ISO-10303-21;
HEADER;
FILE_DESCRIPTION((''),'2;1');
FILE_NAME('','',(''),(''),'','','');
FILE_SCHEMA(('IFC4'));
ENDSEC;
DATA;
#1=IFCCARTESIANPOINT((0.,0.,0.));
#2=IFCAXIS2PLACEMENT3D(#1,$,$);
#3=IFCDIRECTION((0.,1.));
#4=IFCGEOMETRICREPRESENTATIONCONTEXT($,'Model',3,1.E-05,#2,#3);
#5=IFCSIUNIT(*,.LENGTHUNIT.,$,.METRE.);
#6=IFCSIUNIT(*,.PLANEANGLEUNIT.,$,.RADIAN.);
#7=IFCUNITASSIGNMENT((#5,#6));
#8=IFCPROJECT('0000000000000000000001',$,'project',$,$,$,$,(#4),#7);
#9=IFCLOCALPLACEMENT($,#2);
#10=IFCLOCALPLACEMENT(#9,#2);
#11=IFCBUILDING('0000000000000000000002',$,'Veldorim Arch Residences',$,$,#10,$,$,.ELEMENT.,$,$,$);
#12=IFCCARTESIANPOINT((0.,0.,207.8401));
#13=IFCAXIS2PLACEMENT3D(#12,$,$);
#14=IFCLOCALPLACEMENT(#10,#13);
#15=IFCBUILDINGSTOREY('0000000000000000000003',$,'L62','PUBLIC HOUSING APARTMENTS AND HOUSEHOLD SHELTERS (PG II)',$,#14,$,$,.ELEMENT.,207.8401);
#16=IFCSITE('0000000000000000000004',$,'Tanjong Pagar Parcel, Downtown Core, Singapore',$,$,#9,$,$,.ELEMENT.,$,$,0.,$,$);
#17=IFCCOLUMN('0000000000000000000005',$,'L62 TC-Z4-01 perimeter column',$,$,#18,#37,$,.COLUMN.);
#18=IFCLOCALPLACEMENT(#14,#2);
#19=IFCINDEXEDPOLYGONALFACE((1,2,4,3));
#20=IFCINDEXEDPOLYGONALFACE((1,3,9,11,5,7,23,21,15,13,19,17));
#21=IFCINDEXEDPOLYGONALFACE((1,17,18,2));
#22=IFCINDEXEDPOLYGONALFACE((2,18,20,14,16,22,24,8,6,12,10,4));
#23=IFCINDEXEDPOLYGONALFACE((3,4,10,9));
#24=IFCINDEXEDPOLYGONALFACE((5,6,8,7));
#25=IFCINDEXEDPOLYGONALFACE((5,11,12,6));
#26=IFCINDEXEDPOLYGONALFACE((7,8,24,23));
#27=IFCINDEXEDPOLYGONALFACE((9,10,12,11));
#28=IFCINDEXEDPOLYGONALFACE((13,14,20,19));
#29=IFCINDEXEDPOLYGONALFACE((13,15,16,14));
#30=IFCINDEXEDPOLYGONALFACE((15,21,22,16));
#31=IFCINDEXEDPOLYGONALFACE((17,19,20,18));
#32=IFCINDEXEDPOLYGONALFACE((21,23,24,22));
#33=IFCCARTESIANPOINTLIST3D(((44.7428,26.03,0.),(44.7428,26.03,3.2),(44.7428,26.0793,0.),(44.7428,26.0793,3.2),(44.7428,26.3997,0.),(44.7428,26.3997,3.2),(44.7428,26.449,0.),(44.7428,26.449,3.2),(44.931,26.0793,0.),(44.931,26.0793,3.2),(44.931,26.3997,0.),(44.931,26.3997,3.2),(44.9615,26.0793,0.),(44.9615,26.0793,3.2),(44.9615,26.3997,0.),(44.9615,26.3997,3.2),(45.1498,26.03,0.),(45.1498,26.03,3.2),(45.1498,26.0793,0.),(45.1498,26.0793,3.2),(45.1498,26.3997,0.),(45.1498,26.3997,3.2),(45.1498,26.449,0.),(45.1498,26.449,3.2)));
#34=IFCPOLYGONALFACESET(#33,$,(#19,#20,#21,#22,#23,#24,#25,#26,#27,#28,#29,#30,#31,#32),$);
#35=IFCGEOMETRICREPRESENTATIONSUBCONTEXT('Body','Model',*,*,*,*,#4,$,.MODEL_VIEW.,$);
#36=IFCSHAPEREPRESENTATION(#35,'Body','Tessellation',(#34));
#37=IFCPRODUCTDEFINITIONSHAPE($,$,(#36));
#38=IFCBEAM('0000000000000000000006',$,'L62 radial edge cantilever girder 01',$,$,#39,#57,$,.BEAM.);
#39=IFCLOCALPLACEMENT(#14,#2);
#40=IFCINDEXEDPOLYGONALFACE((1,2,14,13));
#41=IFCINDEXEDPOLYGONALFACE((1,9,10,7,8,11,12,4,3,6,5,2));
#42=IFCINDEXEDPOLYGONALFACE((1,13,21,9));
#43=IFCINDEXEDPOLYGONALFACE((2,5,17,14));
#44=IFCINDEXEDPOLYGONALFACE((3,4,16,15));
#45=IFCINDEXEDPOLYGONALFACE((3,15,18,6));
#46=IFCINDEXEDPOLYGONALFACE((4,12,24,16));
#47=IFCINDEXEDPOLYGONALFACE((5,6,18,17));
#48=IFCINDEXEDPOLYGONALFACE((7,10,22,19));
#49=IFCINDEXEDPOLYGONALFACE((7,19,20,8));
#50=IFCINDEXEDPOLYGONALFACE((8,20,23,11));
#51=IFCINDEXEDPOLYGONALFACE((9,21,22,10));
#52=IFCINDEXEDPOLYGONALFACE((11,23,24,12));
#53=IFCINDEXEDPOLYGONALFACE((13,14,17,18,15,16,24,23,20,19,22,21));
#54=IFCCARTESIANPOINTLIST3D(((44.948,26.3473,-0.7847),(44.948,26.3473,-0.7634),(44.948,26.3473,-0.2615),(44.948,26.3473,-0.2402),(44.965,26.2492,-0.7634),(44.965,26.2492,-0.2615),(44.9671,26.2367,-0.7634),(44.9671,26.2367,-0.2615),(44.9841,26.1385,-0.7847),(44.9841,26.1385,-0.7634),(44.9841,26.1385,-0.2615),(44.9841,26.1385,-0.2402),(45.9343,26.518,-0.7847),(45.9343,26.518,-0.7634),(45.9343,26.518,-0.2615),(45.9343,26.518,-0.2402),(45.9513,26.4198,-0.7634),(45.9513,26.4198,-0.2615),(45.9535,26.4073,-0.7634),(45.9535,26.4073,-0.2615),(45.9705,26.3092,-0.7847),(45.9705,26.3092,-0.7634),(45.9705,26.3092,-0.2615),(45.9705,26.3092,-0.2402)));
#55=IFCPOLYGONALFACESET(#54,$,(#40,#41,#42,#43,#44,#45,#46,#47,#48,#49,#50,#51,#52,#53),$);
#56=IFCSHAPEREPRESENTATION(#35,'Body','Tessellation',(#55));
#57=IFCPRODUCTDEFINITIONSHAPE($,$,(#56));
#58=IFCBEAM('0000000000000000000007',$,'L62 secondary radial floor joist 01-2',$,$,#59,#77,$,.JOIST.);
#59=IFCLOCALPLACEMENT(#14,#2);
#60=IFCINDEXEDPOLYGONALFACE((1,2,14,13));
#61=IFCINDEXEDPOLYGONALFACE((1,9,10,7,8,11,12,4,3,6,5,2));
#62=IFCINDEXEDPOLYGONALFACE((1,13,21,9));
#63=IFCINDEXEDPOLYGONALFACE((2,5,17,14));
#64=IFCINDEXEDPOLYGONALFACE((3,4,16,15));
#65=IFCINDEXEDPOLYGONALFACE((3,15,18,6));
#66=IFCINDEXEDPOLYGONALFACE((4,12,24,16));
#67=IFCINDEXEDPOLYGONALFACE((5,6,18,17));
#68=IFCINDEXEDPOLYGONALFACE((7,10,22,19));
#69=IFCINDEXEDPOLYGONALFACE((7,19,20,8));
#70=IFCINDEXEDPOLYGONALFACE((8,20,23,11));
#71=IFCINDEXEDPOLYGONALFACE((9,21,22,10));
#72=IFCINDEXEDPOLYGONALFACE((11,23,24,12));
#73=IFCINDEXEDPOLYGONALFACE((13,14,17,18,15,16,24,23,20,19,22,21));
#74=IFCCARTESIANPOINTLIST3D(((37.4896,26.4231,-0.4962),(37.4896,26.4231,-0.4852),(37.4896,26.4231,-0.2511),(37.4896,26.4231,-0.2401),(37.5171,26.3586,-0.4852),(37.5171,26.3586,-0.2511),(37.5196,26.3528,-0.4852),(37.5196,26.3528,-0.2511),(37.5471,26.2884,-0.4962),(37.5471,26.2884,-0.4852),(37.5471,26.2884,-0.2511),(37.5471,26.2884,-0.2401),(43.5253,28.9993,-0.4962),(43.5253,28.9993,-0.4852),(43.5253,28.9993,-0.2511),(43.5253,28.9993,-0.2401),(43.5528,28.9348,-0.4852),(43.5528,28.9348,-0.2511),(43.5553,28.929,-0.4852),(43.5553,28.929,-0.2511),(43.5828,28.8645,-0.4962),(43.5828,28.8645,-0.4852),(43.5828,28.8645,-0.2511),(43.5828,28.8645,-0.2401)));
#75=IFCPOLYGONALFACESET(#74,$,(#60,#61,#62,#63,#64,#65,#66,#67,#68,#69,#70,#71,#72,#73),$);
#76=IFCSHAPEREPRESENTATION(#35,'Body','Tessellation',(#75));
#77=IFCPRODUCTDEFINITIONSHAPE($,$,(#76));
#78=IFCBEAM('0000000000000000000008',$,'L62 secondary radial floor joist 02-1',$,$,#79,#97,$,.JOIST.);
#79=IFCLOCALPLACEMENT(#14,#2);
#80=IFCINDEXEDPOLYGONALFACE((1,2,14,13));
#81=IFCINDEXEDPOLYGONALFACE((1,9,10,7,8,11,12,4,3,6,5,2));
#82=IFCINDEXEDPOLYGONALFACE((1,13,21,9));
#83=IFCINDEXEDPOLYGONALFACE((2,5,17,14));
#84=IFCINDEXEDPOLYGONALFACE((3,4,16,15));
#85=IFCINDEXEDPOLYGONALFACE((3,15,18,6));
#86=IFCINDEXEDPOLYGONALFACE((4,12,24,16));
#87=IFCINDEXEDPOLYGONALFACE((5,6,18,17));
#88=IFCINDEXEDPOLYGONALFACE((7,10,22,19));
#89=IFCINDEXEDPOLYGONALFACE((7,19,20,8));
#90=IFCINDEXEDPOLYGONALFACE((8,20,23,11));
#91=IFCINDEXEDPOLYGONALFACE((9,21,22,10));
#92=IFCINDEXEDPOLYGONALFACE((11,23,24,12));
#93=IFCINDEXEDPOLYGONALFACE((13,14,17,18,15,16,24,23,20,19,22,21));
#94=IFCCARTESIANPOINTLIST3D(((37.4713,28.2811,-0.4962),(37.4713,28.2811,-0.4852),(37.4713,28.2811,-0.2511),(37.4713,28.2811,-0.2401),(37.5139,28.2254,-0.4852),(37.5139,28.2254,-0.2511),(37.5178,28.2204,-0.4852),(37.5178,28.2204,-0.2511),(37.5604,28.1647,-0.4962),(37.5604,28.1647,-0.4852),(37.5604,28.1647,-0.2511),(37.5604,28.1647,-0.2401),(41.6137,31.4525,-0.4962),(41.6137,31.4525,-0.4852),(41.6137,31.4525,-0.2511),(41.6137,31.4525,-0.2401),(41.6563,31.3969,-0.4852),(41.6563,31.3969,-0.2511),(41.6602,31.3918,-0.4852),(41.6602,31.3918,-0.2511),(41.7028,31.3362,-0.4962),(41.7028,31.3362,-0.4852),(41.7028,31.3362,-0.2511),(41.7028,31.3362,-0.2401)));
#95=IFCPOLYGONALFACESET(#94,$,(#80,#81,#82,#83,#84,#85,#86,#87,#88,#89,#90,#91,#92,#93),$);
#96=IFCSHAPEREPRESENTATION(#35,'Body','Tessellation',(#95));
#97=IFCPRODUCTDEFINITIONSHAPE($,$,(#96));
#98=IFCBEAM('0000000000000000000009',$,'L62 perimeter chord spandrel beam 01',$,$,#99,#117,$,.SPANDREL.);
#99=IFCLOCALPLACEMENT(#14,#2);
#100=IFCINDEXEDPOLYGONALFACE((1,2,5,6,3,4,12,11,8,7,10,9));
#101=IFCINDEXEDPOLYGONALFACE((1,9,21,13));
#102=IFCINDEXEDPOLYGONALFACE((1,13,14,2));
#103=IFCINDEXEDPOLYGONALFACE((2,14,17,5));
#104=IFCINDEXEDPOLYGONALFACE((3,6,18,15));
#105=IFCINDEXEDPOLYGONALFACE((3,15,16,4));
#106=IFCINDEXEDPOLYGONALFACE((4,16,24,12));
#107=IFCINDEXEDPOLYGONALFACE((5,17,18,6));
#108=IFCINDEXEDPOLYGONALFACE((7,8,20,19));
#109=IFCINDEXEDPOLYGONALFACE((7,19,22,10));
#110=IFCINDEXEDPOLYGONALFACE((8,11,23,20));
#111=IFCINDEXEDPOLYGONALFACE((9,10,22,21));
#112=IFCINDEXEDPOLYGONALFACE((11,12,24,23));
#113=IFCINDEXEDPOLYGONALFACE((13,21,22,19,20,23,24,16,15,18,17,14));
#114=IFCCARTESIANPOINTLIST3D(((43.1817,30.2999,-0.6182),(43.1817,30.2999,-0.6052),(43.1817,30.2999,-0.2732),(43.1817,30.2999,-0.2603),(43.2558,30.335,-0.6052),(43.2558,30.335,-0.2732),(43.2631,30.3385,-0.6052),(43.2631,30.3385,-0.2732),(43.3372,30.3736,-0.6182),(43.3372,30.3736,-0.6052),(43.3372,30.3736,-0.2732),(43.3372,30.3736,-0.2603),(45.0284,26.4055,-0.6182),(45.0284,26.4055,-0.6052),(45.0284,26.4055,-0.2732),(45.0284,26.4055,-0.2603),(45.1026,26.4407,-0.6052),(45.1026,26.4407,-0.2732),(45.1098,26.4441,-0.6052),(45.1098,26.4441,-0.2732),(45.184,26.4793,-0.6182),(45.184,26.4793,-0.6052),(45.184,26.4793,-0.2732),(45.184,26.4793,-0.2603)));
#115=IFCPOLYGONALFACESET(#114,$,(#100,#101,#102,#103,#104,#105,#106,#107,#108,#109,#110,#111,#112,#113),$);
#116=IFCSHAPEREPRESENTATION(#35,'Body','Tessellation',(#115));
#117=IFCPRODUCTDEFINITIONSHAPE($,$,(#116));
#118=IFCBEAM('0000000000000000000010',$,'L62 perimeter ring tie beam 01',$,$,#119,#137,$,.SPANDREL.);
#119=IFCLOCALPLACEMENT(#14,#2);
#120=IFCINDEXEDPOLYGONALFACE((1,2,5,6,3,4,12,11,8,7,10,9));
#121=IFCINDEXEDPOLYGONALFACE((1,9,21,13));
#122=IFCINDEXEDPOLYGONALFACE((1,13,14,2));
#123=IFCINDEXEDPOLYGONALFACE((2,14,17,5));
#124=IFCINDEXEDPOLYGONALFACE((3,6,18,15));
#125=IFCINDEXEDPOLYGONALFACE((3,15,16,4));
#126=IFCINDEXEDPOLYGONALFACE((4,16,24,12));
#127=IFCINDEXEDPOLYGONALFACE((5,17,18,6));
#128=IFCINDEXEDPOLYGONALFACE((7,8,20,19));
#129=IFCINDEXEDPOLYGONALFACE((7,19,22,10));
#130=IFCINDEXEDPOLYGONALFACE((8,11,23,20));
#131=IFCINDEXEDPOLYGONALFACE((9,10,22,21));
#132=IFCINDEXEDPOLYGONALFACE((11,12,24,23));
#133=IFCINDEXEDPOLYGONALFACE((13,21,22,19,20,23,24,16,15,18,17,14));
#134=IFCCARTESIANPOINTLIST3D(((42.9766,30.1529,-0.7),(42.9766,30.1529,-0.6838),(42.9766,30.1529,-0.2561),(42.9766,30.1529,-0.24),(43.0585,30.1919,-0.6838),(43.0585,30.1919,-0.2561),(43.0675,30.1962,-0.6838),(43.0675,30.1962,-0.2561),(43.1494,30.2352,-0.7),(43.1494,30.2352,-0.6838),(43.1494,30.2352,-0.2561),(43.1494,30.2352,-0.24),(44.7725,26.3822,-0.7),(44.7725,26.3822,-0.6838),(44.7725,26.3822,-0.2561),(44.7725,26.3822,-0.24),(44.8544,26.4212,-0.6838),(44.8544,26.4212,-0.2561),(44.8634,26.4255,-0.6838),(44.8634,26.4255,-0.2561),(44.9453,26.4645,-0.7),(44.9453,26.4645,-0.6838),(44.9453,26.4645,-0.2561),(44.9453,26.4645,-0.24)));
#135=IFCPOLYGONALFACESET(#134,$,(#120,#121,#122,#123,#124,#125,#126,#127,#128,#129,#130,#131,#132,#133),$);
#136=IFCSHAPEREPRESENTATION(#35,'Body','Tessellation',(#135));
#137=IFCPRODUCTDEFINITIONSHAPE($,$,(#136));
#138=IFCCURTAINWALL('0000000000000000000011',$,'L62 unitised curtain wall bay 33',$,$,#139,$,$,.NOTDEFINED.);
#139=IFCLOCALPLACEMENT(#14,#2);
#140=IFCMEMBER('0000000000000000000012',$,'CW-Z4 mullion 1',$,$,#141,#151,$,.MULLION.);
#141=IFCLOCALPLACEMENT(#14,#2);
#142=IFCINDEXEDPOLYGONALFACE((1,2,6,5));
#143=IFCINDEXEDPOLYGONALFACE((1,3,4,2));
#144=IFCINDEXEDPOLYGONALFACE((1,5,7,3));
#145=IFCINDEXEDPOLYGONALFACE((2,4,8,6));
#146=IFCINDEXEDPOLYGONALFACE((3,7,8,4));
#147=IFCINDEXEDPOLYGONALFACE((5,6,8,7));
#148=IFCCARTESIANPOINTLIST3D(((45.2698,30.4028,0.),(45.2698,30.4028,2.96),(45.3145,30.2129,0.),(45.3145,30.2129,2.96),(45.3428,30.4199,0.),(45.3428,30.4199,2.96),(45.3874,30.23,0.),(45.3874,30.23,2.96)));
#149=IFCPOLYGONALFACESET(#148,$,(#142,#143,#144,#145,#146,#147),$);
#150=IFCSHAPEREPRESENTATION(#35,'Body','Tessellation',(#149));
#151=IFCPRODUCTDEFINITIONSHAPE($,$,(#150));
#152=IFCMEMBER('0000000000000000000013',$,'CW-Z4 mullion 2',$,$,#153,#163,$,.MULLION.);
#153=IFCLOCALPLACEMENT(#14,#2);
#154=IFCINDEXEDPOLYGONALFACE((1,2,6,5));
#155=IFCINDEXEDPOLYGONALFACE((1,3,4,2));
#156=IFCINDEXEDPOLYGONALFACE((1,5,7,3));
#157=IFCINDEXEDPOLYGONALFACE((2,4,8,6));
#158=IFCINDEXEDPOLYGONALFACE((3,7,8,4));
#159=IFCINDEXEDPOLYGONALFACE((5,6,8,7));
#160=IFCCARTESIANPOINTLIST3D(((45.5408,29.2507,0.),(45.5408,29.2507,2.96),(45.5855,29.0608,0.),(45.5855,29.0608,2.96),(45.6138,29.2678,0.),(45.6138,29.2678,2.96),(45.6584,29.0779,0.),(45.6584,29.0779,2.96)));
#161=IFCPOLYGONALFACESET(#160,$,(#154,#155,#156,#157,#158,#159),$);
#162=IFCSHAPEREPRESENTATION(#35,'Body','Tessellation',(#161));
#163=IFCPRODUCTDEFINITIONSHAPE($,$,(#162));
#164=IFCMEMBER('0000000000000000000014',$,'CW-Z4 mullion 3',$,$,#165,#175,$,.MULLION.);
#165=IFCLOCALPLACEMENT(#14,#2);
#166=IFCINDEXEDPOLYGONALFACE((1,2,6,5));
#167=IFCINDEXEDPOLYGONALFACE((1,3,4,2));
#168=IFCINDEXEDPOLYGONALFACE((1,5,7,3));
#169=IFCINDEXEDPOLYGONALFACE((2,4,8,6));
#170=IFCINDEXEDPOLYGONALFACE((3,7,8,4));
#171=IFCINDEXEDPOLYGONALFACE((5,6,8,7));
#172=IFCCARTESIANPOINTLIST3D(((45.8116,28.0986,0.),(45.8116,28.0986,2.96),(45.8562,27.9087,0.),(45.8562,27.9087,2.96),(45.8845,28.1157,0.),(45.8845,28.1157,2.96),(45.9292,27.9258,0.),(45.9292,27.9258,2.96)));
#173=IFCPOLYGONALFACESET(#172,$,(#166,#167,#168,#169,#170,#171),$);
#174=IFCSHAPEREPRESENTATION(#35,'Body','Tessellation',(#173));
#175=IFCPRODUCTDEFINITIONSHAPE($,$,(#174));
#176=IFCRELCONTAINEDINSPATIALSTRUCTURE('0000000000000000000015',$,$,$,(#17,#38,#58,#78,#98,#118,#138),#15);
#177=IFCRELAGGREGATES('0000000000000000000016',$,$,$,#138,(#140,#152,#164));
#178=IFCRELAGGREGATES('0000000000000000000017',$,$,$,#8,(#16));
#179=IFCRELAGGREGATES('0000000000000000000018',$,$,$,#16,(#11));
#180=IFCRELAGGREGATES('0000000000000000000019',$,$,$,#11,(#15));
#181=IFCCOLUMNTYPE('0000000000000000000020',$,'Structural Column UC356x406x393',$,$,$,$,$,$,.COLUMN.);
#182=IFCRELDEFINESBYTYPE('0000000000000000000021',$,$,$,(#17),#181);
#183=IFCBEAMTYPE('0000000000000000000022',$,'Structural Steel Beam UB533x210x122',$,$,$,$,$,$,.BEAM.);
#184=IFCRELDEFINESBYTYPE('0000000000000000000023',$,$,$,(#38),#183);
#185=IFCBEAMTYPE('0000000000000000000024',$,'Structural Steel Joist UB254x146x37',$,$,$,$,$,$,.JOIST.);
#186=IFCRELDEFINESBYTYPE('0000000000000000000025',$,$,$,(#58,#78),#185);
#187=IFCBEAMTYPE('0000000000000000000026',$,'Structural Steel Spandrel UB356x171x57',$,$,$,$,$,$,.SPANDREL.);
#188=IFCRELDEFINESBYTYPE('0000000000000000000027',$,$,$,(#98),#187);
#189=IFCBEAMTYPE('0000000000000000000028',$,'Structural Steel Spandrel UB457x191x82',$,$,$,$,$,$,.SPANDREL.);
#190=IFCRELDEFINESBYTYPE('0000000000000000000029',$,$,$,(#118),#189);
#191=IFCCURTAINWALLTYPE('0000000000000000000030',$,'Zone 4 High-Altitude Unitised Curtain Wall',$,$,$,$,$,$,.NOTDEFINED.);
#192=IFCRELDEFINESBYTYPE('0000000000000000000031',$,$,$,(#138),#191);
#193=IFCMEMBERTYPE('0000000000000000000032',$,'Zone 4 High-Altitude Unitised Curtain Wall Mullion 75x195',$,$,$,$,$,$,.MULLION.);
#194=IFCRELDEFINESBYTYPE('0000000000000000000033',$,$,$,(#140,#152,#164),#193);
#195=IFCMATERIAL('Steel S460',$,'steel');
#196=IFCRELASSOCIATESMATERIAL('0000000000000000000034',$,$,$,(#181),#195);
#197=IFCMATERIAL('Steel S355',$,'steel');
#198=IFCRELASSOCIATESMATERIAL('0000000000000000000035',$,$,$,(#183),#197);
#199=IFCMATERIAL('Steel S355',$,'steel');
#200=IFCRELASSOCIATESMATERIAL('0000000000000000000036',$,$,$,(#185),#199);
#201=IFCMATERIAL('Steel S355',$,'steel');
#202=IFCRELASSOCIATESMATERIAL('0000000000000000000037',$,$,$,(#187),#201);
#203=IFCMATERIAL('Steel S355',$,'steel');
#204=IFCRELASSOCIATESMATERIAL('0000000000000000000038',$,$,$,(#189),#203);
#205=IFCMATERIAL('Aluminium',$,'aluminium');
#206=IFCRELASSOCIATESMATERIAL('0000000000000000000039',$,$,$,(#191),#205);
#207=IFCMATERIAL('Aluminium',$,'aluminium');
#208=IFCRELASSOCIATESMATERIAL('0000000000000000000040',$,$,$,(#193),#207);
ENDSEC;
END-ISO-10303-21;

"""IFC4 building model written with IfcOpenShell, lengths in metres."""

from ifc_helpers import new_model, si_unit, direction, frame, origin, origin_2d, place, context, subcontext, project, spatial, rectangle, i_section, extrude, material, material_profile, profile_set, type_object, element, aggregate, save


model = new_model("IFC4")

# Units and contexts
model_context = context("Model", 3, precision=1e-05, world=origin(), true_north=direction((0.0, 1.0)))
body_context = subcontext(model_context, "Body", "Model", "MODEL_VIEW")
ifc_project = project(units=[si_unit("LENGTHUNIT", "METRE"), si_unit("PLANEANGLEUNIT", "RADIAN")], contexts=[model_context])

# Site, building, storey
site_placement = place(None, origin())
site = spatial("IfcSite", under=ifc_project, at=site_placement, Name="Tanjong Pagar Parcel, Downtown Core, Singapore", CompositionType="ELEMENT", RefElevation=0.0)
building_placement = place(site_placement, origin())
building = spatial("IfcBuilding", under=site, at=building_placement, Name="Veldorim Arch Residences", CompositionType="ELEMENT")
storey_placement = place(building_placement, frame((0.0, 0.0, 207.8401)))
storey = spatial("IfcBuildingStorey", under=building, at=storey_placement, Name="L62", Description="PUBLIC HOUSING APARTMENTS AND HOUSEHOLD SHELTERS (PG II)", CompositionType="ELEMENT", Elevation=207.8401)

# Column
ifc_material_1 = material(Name="Steel S460", Category="steel")
ifc_material_profile_1 = material_profile(ifc_material_1, i_section(OverallWidth=0.407, OverallDepth=0.4189, WebThickness=0.0305, FlangeThickness=0.0493, at=origin_2d()), Name="UC356x406x393")
ifc_profile_set_1 = profile_set([ifc_material_profile_1], Name="Steel S460")
column_type = type_object("IfcColumnType", Name="Structural Column UC356x406x393", PredefinedType="COLUMN", material=ifc_profile_set_1)
column_placement = place(storey_placement, frame((44.9463, 26.2395, 0.0), z_axis=(0.0, 0.0, 1.0), x_axis=(1.0, 0.0, 0.0)))
element("IfcColumn", 1, at=column_placement, inside=storey, type_object=column_type, Name="L62 TC-Z4-01 perimeter column", PredefinedType="COLUMN", context=body_context, shape_type="SweptSolid", body=[
    extrude(i_section(OverallWidth=0.407, OverallDepth=0.4189, WebThickness=0.0305, FlangeThickness=0.0493, at=origin_2d()), origin(), (0.0, 0.0, 1.0), 3.2),
])

# Beams
ifc_material_2 = material(Name="Steel S355", Category="steel")
ifc_material_profile_2 = material_profile(ifc_material_2, i_section(OverallWidth=0.2119, OverallDepth=0.5444, WebThickness=0.0127, FlangeThickness=0.0212, at=origin_2d()), Name="UB533x210x122")
ifc_profile_set_2 = profile_set([ifc_material_profile_2], Name="Steel S355")
beam_type_1 = type_object("IfcBeamType", Name="Structural Steel Beam UB533x210x122", PredefinedType="BEAM", material=ifc_profile_set_2)
beam_1_placement = place(storey_placement, frame((44.9661, 26.2429, -0.5125), z_axis=(0.98536, 0.170487, 0.0), x_axis=(-0.170487, 0.98536, 0.0)))
element("IfcBeam", 2, at=beam_1_placement, inside=storey, type_object=beam_type_1, Name="L62 radial edge cantilever girder 01", PredefinedType="BEAM", context=body_context, shape_type="SweptSolid", body=[
    extrude(i_section(OverallWidth=0.2119, OverallDepth=0.5444, WebThickness=0.0127, FlangeThickness=0.0212, at=origin_2d()), origin(), (0.0, 0.0, 1.0), 1.001),
])
ifc_material_3 = material(Name="Steel S355", Category="steel")
ifc_material_profile_3 = material_profile(ifc_material_3, i_section(OverallWidth=0.1465, OverallDepth=0.2561, WebThickness=0.0063, FlangeThickness=0.011, at=origin_2d()), Name="UB254x146x37")
ifc_profile_set_3 = profile_set([ifc_material_profile_3], Name="Steel S355")
beam_type_2 = type_object("IfcBeamType", Name="Structural Steel Joist UB254x146x37", PredefinedType="JOIST", material=ifc_profile_set_3)
beam_2_placement = place(storey_placement, frame((37.5183, 26.3557, -0.3682), z_axis=(0.919725, 0.392563, 0.0), x_axis=(-0.392563, 0.919725, 0.0)))
element("IfcBeam", 3, at=beam_2_placement, inside=storey, type_object=beam_type_2, Name="L62 secondary radial floor joist 01-2", PredefinedType="JOIST", context=body_context, shape_type="SweptSolid", body=[
    extrude(i_section(OverallWidth=0.1465, OverallDepth=0.2561, WebThickness=0.0063, FlangeThickness=0.011, at=origin_2d()), origin(), (0.0, 0.0, 1.0), 6.5625),
])
beam_3_placement = place(storey_placement, frame((37.5159, 28.2229, -0.3682), z_axis=(0.794014, 0.6079, 0.0), x_axis=(-0.6079, 0.794014, 0.0)))
element("IfcBeam", 4, at=beam_3_placement, inside=storey, type_object=beam_type_2, Name="L62 secondary radial floor joist 02-1", PredefinedType="JOIST", context=body_context, shape_type="SweptSolid", body=[
    extrude(i_section(OverallWidth=0.1465, OverallDepth=0.2561, WebThickness=0.0063, FlangeThickness=0.011, at=origin_2d()), origin(), (0.0, 0.0, 1.0), 5.217),
])
ifc_material_4 = material(Name="Steel S355", Category="steel")
ifc_material_profile_4 = material_profile(ifc_material_4, i_section(OverallWidth=0.1721, OverallDepth=0.3579, WebThickness=0.0081, FlangeThickness=0.0129, at=origin_2d()), Name="UB356x171x57")
ifc_profile_set_4 = profile_set([ifc_material_profile_4], Name="Steel S355")
beam_type_3 = type_object("IfcBeamType", Name="Structural Steel Spandrel UB356x171x57", PredefinedType="SPANDREL", material=ifc_profile_set_4)
beam_4_placement = place(storey_placement, frame((45.1062, 26.4424, -0.4392), z_axis=(-0.428469, 0.903557, 0.0), x_axis=(-0.903557, -0.428469, 0.0)))
element("IfcBeam", 5, at=beam_4_placement, inside=storey, type_object=beam_type_3, Name="L62 perimeter chord spandrel beam 01", PredefinedType="SPANDREL", context=body_context, shape_type="SweptSolid", body=[
    extrude(i_section(OverallWidth=0.1721, OverallDepth=0.3579, WebThickness=0.0081, FlangeThickness=0.0129, at=origin_2d()), origin(), (0.0, 0.0, 1.0), 4.3101),
])
ifc_material_5 = material(Name="Steel S355", Category="steel")
ifc_material_profile_5 = material_profile(ifc_material_5, i_section(OverallWidth=0.1914, OverallDepth=0.46, WebThickness=0.01, FlangeThickness=0.0161, at=origin_2d()), Name="UB457x191x82")
ifc_profile_set_5 = profile_set([ifc_material_profile_5], Name="Steel S355")
beam_type_4 = type_object("IfcBeamType", Name="Structural Steel Spandrel UB457x191x82", PredefinedType="SPANDREL", material=ifc_profile_set_5)
beam_5_placement = place(storey_placement, frame((44.8589, 26.4233, -0.47), z_axis=(-0.429993, 0.902832, 0.0), x_axis=(-0.902832, -0.429993, 0.0)))
element("IfcBeam", 6, at=beam_5_placement, inside=storey, type_object=beam_type_4, Name="L62 perimeter ring tie beam 01", PredefinedType="SPANDREL", context=body_context, shape_type="SweptSolid", body=[
    extrude(i_section(OverallWidth=0.1914, OverallDepth=0.46, WebThickness=0.01, FlangeThickness=0.0161, at=origin_2d()), origin(), (0.0, 0.0, 1.0), 4.1765),
])

# Curtain wall, members
ifc_material_6 = material(Name="Aluminium", Category="aluminium")
curtain_wall_type = type_object("IfcCurtainWallType", Name="Zone 4 High-Altitude Unitised Curtain Wall", PredefinedType="NOTDEFINED", material=ifc_material_6)
curtain_wall_placement = place(storey_placement, origin())
curtain_wall = element("IfcCurtainWall", 7, at=curtain_wall_placement, inside=storey, type_object=curtain_wall_type, Name="L62 unitised curtain wall bay 33", PredefinedType="NOTDEFINED")
ifc_material_7 = material(Name="Aluminium", Category="aluminium")
ifc_material_profile_6 = material_profile(ifc_material_7, rectangle(XDim=0.075, YDim=0.1951, at=origin_2d()), Name="ALU_MUL_75x195")
ifc_profile_set_6 = profile_set([ifc_material_profile_6], Name="Aluminium")
member_type_1 = type_object("IfcMemberType", Name="Zone 4 High-Altitude Unitised Curtain Wall Mullion 75x195", PredefinedType="MULLION", material=ifc_profile_set_6)
member_1_placement = place(storey_placement, frame((45.3286, 30.3164, 0.0), z_axis=(0.0, 0.0, 1.0), x_axis=(0.973448, 0.228907, 0.0)))
member_1 = element("IfcMember", 8, at=member_1_placement, type_object=member_type_1, Name="CW-Z4 mullion 1", PredefinedType="MULLION", context=body_context, shape_type="SweptSolid", body=[
    extrude(rectangle(XDim=0.075, YDim=0.1951, at=origin_2d()), origin(), (0.0, 0.0, 1.0), 2.96),
])
member_2_placement = place(storey_placement, frame((45.5996, 29.1643, 0.0), z_axis=(0.0, 0.0, 1.0), x_axis=(0.973448, 0.228907, 0.0)))
member_2 = element("IfcMember", 9, at=member_2_placement, type_object=member_type_1, Name="CW-Z4 mullion 2", PredefinedType="MULLION", context=body_context, shape_type="SweptSolid", body=[
    extrude(rectangle(XDim=0.075, YDim=0.1951, at=origin_2d()), origin(), (0.0, 0.0, 1.0), 2.96),
])
member_3_placement = place(storey_placement, frame((45.8704, 28.0122, 0.0), z_axis=(0.0, 0.0, 1.0), x_axis=(0.973448, 0.228907, 0.0)))
member_3 = element("IfcMember", 10, at=member_3_placement, type_object=member_type_1, Name="CW-Z4 mullion 3", PredefinedType="MULLION", context=body_context, shape_type="SweptSolid", body=[
    extrude(rectangle(XDim=0.075, YDim=0.1951, at=origin_2d()), origin(), (0.0, 0.0, 1.0), 2.96),
])
aggregate(curtain_wall, [member_1, member_2, member_3])

save(model, "model.ifc")
